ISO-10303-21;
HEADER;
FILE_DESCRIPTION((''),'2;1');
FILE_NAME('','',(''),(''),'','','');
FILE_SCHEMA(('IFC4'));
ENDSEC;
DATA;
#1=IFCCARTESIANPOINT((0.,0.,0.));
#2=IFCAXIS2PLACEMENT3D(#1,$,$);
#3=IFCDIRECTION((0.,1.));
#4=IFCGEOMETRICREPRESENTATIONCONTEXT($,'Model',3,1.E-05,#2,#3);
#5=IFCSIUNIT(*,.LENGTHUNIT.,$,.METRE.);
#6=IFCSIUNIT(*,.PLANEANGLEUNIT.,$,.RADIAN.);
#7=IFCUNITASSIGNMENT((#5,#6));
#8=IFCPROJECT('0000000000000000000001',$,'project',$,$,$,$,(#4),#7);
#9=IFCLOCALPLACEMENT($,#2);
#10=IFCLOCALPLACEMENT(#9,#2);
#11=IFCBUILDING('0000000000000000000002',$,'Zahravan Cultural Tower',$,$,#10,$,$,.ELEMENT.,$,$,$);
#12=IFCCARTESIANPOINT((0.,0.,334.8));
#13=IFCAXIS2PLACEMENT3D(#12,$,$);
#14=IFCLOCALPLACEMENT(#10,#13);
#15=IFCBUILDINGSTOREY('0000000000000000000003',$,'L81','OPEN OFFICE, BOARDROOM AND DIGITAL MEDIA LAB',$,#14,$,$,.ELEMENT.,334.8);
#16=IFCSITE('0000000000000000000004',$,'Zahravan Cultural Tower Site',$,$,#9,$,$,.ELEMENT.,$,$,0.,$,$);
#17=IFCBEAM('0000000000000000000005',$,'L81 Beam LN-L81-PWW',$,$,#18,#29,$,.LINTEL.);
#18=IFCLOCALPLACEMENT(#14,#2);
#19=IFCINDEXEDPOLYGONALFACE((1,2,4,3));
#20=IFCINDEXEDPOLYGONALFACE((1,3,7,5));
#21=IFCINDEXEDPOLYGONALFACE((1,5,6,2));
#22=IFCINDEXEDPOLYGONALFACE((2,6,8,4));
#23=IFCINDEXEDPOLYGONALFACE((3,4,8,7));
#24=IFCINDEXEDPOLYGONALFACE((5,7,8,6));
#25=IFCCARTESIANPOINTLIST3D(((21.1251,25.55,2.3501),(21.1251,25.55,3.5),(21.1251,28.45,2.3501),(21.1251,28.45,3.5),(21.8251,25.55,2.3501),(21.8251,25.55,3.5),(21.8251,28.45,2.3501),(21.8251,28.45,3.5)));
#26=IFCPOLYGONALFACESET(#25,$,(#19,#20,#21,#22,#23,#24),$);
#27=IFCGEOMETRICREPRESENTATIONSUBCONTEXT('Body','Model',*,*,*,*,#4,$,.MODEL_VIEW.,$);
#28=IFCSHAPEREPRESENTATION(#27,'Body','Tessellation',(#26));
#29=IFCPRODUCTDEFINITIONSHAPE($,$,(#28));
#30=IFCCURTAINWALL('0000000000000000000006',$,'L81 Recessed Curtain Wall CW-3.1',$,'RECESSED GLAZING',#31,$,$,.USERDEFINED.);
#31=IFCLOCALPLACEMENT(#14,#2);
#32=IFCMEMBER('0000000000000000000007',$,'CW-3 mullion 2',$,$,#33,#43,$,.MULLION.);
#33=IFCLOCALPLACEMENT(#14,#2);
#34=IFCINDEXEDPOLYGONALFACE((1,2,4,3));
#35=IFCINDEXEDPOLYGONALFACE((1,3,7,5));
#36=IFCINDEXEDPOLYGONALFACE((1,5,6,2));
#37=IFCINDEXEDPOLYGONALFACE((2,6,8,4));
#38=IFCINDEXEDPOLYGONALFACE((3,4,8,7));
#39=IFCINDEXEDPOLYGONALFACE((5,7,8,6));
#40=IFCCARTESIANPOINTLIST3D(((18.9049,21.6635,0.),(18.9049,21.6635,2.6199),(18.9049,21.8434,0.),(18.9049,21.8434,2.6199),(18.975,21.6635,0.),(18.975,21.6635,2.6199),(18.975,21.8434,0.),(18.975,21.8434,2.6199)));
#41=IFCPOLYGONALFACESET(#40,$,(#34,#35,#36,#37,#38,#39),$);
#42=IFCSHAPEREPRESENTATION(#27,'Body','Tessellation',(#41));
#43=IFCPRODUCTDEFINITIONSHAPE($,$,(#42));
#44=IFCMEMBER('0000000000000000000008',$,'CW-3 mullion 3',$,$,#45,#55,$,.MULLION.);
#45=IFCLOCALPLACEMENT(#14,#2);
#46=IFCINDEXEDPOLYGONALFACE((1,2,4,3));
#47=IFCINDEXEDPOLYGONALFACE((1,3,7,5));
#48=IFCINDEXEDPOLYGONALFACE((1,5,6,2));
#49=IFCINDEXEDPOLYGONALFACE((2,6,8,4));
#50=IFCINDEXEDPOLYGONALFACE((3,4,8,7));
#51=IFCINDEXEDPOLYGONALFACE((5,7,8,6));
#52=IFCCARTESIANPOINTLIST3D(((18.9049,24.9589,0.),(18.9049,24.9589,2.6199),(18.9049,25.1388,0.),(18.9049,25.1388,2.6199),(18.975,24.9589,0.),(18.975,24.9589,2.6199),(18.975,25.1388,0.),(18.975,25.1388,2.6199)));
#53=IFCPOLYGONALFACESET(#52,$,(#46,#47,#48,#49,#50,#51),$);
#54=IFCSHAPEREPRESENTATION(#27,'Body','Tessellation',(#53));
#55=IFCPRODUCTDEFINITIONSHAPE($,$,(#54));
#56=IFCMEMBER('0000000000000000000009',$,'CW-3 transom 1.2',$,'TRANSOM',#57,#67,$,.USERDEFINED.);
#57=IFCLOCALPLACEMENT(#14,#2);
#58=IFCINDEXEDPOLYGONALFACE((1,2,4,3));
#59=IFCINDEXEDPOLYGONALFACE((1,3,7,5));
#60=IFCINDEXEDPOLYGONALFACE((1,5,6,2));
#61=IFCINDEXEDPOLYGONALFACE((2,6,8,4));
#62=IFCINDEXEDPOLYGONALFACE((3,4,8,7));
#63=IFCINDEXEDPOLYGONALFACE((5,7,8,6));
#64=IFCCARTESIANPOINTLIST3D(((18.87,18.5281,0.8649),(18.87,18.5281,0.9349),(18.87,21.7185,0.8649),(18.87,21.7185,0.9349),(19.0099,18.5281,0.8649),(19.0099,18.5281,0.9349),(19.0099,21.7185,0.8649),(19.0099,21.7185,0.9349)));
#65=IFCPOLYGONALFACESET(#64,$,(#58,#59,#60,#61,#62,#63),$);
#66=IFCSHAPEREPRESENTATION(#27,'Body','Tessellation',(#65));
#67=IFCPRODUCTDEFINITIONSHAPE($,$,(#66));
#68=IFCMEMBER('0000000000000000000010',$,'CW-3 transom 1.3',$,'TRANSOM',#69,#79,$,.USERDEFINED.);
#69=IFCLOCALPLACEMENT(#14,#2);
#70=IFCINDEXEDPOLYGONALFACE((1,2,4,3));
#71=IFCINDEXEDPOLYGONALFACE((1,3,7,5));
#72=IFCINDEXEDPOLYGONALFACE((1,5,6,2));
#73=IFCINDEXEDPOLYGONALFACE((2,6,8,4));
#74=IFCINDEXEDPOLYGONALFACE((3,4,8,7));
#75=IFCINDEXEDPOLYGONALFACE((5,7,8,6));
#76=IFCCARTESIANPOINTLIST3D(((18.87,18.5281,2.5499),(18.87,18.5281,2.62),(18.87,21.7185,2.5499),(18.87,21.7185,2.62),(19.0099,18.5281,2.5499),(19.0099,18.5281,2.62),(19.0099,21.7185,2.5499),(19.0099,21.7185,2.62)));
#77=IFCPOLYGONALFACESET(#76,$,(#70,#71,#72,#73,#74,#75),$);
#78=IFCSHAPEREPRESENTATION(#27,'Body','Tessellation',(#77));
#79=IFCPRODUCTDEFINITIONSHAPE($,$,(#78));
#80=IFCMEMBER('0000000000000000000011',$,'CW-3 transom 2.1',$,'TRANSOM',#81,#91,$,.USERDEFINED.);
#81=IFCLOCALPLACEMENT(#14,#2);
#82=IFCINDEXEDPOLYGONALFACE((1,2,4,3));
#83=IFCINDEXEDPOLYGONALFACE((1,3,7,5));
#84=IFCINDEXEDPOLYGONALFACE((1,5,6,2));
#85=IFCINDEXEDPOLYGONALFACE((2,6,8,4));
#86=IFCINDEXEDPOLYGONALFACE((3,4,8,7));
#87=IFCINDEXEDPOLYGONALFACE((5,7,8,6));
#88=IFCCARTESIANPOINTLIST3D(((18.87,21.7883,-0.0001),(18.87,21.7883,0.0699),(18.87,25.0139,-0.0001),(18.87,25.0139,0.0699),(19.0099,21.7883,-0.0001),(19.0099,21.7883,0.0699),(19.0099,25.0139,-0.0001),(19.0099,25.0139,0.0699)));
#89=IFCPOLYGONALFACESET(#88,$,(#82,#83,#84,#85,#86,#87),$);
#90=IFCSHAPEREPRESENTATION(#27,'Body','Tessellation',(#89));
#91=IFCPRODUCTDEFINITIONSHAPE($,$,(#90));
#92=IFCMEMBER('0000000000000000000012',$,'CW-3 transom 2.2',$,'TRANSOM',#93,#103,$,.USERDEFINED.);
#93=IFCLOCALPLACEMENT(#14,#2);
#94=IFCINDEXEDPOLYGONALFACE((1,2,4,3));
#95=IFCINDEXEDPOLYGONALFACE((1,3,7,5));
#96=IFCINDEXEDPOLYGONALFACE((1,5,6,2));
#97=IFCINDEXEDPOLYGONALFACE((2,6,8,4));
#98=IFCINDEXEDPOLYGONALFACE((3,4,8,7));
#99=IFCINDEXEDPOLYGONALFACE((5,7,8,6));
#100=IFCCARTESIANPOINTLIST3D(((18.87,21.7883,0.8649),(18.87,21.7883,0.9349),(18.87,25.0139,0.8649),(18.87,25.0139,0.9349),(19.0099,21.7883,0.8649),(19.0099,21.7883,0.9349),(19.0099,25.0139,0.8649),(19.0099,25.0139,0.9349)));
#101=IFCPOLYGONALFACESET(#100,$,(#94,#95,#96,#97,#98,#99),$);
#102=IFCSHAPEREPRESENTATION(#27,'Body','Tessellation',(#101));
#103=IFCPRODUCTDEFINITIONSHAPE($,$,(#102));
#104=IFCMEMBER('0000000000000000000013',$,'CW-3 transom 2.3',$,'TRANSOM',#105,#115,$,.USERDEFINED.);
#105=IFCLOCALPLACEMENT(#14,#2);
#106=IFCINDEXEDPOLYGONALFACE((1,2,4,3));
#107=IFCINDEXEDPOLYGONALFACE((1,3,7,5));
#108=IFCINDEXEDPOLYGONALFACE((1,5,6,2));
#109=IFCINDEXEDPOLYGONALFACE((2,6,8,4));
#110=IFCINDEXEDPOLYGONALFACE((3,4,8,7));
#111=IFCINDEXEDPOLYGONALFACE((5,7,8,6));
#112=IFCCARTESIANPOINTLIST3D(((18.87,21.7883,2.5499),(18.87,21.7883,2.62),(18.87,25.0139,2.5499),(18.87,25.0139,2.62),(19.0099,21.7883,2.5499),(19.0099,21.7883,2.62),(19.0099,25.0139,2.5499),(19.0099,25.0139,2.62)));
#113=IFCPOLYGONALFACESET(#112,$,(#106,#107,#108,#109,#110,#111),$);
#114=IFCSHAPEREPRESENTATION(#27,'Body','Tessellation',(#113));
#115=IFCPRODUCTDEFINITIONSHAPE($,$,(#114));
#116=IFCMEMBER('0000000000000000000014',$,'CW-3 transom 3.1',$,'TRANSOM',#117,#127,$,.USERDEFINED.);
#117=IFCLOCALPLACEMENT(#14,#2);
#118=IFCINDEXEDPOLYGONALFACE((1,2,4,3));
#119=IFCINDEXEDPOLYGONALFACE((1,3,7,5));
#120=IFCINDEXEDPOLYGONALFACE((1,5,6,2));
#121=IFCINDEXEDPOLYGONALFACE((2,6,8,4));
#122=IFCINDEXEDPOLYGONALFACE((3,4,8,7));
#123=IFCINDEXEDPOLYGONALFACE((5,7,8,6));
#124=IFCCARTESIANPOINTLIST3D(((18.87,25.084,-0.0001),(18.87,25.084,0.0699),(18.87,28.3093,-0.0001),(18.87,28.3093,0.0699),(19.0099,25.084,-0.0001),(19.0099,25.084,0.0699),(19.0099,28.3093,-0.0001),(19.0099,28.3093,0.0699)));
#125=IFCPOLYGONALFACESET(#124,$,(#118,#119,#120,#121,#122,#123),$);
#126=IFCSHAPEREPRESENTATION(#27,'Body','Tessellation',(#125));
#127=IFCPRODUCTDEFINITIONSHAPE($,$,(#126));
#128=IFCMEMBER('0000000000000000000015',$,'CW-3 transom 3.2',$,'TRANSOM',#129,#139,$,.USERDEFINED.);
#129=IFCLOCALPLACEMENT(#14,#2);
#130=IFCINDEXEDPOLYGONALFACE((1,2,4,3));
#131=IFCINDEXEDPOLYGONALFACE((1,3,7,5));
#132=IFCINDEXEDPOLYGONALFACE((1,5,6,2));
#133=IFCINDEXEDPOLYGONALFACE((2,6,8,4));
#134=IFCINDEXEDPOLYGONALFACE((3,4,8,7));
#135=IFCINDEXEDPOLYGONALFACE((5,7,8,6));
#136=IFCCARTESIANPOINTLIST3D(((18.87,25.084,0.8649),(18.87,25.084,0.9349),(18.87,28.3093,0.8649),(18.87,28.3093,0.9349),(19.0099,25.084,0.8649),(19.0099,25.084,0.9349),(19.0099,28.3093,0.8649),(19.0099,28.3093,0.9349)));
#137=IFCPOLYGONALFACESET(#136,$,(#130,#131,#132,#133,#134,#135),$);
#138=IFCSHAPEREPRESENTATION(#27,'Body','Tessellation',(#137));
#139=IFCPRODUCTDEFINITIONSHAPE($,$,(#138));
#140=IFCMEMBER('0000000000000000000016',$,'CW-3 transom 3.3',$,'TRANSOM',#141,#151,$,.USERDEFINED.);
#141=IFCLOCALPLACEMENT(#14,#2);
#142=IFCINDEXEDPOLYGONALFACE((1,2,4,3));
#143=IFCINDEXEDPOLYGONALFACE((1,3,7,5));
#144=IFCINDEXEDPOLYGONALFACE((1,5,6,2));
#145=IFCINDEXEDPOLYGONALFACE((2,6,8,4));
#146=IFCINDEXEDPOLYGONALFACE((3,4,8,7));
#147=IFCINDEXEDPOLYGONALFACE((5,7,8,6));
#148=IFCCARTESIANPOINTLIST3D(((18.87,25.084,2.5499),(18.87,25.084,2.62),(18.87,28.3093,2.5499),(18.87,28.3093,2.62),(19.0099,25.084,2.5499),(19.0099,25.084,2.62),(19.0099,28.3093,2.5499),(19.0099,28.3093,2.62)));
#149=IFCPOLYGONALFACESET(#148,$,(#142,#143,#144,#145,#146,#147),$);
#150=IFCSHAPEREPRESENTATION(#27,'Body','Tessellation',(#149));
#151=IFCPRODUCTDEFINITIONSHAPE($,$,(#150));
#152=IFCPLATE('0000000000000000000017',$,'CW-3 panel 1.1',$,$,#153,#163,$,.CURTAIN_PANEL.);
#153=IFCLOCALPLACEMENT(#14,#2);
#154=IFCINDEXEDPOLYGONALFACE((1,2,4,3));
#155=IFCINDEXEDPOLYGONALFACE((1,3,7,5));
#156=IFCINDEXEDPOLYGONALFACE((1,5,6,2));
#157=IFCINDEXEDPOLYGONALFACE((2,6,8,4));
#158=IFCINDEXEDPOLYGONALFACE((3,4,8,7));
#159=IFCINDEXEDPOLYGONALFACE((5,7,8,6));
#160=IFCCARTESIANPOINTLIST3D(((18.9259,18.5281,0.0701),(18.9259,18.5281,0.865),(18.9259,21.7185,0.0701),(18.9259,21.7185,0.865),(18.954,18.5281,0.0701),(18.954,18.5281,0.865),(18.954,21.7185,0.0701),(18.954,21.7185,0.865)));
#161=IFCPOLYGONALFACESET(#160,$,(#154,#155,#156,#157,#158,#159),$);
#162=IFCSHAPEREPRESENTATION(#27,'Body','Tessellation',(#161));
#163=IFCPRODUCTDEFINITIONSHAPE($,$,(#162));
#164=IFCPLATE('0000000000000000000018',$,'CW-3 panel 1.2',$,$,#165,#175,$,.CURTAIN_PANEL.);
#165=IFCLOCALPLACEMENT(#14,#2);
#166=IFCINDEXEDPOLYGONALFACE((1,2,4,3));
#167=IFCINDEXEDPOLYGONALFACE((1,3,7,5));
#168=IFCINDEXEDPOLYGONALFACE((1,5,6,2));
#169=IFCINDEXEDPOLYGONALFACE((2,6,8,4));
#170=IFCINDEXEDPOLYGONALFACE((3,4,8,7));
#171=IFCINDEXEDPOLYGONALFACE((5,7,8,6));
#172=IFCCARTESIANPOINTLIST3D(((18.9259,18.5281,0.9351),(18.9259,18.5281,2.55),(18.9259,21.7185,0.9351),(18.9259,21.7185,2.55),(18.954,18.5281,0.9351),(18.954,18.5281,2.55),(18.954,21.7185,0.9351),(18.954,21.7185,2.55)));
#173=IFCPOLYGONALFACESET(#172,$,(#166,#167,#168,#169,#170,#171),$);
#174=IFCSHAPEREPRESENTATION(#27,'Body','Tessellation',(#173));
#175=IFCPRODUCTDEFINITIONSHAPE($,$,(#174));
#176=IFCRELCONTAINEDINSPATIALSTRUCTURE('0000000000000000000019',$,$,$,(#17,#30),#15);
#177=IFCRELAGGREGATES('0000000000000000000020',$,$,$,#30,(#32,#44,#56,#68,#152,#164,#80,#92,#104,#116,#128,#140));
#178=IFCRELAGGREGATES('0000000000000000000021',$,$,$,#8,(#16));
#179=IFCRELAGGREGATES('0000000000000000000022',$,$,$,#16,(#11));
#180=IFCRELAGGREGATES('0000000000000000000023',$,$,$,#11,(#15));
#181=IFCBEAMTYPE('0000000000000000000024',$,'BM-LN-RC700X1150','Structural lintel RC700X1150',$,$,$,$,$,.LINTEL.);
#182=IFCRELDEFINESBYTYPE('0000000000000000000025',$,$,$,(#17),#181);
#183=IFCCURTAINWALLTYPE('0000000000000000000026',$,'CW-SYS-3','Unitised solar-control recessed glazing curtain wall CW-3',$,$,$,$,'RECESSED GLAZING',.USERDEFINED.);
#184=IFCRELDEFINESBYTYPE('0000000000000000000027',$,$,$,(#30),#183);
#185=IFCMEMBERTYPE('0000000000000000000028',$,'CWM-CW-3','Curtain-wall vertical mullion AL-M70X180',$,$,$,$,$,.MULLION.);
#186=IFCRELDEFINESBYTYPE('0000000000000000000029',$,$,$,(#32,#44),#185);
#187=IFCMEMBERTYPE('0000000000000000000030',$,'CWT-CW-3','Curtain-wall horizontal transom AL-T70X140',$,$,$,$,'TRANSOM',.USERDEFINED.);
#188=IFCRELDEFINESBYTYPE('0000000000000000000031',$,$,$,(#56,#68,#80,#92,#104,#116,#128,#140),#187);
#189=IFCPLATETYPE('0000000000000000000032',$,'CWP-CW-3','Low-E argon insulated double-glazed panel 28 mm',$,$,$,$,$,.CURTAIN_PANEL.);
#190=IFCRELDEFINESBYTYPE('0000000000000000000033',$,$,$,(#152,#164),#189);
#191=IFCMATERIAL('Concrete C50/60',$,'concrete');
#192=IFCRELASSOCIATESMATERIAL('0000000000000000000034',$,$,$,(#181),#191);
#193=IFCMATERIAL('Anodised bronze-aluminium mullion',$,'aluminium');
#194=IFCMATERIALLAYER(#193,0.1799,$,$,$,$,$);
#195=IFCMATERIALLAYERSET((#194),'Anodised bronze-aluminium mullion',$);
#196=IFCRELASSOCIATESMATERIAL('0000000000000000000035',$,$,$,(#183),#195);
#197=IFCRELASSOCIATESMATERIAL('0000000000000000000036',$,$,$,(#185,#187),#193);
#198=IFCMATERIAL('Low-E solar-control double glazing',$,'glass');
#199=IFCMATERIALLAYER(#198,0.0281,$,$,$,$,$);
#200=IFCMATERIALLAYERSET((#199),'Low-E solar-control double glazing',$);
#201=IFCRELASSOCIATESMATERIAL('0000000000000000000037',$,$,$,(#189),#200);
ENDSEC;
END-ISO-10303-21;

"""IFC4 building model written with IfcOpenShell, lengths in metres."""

from ifc_helpers import new_model, si_unit, direction, frame, origin, origin_2d, place, context, subcontext, project, spatial, rectangle, extrude, source, transform, mapped, material, layer, layer_set, material_profile, profile_set, type_object, element, aggregate, save


model = new_model("IFC4")

# Units and contexts
model_context = context("Model", 3, precision=1e-05, world=origin(), true_north=direction((0.0, 1.0)))
body_context = subcontext(model_context, "Body", "Model", "MODEL_VIEW")
ifc_project = project(units=[si_unit("LENGTHUNIT", "METRE"), si_unit("PLANEANGLEUNIT", "RADIAN")], contexts=[model_context])

# Site, building, storey
site_placement = place(None, origin())
site = spatial("IfcSite", under=ifc_project, at=site_placement, Name="Zahravan Cultural Tower Site", CompositionType="ELEMENT", RefElevation=0.0)
building_placement = place(site_placement, origin())
building = spatial("IfcBuilding", under=site, at=building_placement, Name="Zahravan Cultural Tower", CompositionType="ELEMENT")
storey_placement = place(building_placement, frame((0.0, 0.0, 334.8)))
storey = spatial("IfcBuildingStorey", under=building, at=storey_placement, Name="L81", Description="OPEN OFFICE, BOARDROOM AND DIGITAL MEDIA LAB", CompositionType="ELEMENT", Elevation=334.8)

# Beam
ifc_material_1 = material(Name="Concrete C50/60", Category="concrete")
ifc_material_profile_1 = material_profile(ifc_material_1, rectangle(XDim=0.7, YDim=1.1499, at=origin_2d()), Name="RC700X1150")
ifc_profile_set_1 = profile_set([ifc_material_profile_1], Name="Concrete C50/60")
beam_type = type_object("IfcBeamType", Name="BM-LN-RC700X1150", Description="Structural lintel RC700X1150", PredefinedType="LINTEL", material=ifc_profile_set_1)
shared_shape_1 = source(origin(), body_context, "Body", "SweptSolid", [
    extrude(rectangle(XDim=0.7, YDim=1.1499, at=origin_2d()), origin(), (0.0, 0.0, 1.0), 2.8999),
])
beam_placement = place(storey_placement, frame((21.4751, 25.55, 2.925), z_axis=(0.0, 1.0, 0.0), x_axis=(-1.0, 0.0, 0.0)))
element("IfcBeam", 1, at=beam_placement, inside=storey, type_object=beam_type, Name="L81 Beam LN-L81-PWW", PredefinedType="LINTEL", context=body_context, shape_type="MappedRepresentation", body=[
    mapped(shared_shape_1, transform((0.0, 0.0, 0.0), x_axis=(1.0, 0.0, 0.0), y_axis=(0.0, 1.0, 0.0), z_axis=(0.0, 0.0, 1.0), scale=1.0)),
])

# Curtain wall, members, plates
ifc_material_2 = material(Name="Anodised bronze-aluminium mullion", Category="aluminium")
ifc_layer_1 = layer(ifc_material_2, 0.1799)
ifc_layer_set_1 = layer_set([ifc_layer_1], Name="Anodised bronze-aluminium mullion")
curtain_wall_type = type_object("IfcCurtainWallType", Name="CW-SYS-3", Description="Unitised solar-control recessed glazing curtain wall CW-3", ElementType="RECESSED GLAZING", PredefinedType="USERDEFINED", material=ifc_layer_set_1)
curtain_wall_placement = place(storey_placement, origin())
curtain_wall = element("IfcCurtainWall", 2, at=curtain_wall_placement, inside=storey, type_object=curtain_wall_type, Name="L81 Recessed Curtain Wall CW-3.1", ObjectType="RECESSED GLAZING", PredefinedType="USERDEFINED")
ifc_material_profile_2 = material_profile(ifc_material_2, rectangle(XDim=0.0701, YDim=0.1799, at=origin_2d()), Name="AL-M70X180")
ifc_profile_set_2 = profile_set([ifc_material_profile_2], Name="Anodised bronze-aluminium mullion")
member_type_1 = type_object("IfcMemberType", Name="CWM-CW-3", Description="Curtain-wall vertical mullion AL-M70X180", PredefinedType="MULLION", material=ifc_profile_set_2)
shared_shape_2 = source(origin(), body_context, "Body", "SweptSolid", [
    extrude(rectangle(XDim=0.0701, YDim=0.1799, at=origin_2d()), origin(), (0.0, 0.0, 1.0), 2.6199),
])
member_1_placement = place(storey_placement, frame((18.9399, 21.7534, 0.0), z_axis=(0.0, 0.0, 1.0), x_axis=(-1.0, 0.0, 0.0)))
member_1 = element("IfcMember", 3, at=member_1_placement, type_object=member_type_1, Name="CW-3 mullion 2", PredefinedType="MULLION", context=body_context, shape_type="MappedRepresentation", body=[
    mapped(shared_shape_2, transform((0.0, 0.0, 0.0), x_axis=(1.0, 0.0, 0.0), y_axis=(0.0, 1.0, 0.0), z_axis=(0.0, 0.0, 1.0), scale=1.0)),
])
member_2_placement = place(storey_placement, frame((18.9399, 25.0488, 0.0), z_axis=(0.0, 0.0, 1.0), x_axis=(-1.0, 0.0, 0.0)))
member_2 = element("IfcMember", 4, at=member_2_placement, type_object=member_type_1, Name="CW-3 mullion 3", PredefinedType="MULLION", context=body_context, shape_type="MappedRepresentation", body=[
    mapped(shared_shape_2, transform((0.0, 0.0, 0.0), x_axis=(1.0, 0.0, 0.0), y_axis=(0.0, 1.0, 0.0), z_axis=(0.0, 0.0, 1.0), scale=1.0)),
])
ifc_material_profile_3 = material_profile(ifc_material_2, rectangle(XDim=0.1399, YDim=0.0701, at=origin_2d()), Name="AL-T70X140")
ifc_profile_set_3 = profile_set([ifc_material_profile_3], Name="Anodised bronze-aluminium mullion")
member_type_2 = type_object("IfcMemberType", Name="CWT-CW-3", Description="Curtain-wall horizontal transom AL-T70X140", ElementType="TRANSOM", PredefinedType="USERDEFINED", material=ifc_profile_set_3)
shared_shape_3 = source(origin(), body_context, "Body", "SweptSolid", [
    extrude(rectangle(XDim=0.1399, YDim=0.0701, at=origin_2d()), origin(), (0.0, 0.0, 1.0), 3.1904),
])
member_3_placement = place(storey_placement, frame((18.9399, 18.5281, 0.8999), z_axis=(0.0, 1.0, 0.0), x_axis=(-1.0, 0.0, 0.0)))
member_3 = element("IfcMember", 5, at=member_3_placement, type_object=member_type_2, Name="CW-3 transom 1.2", ObjectType="TRANSOM", PredefinedType="USERDEFINED", context=body_context, shape_type="MappedRepresentation", body=[
    mapped(shared_shape_3, transform((0.0, 0.0, 0.0), x_axis=(1.0, 0.0, 0.0), y_axis=(0.0, 1.0, 0.0), z_axis=(0.0, 0.0, 1.0), scale=1.0)),
])
member_4_placement = place(storey_placement, frame((18.9399, 18.5281, 2.585), z_axis=(0.0, 1.0, 0.0), x_axis=(-1.0, 0.0, 0.0)))
member_4 = element("IfcMember", 6, at=member_4_placement, type_object=member_type_2, Name="CW-3 transom 1.3", ObjectType="TRANSOM", PredefinedType="USERDEFINED", context=body_context, shape_type="MappedRepresentation", body=[
    mapped(shared_shape_3, transform((0.0, 0.0, 0.0), x_axis=(1.0, 0.0, 0.0), y_axis=(0.0, 1.0, 0.0), z_axis=(0.0, 0.0, 1.0), scale=1.0)),
])
shared_shape_4 = source(origin(), body_context, "Body", "SweptSolid", [
    extrude(rectangle(XDim=0.1399, YDim=0.0701, at=origin_2d()), origin(), (0.0, 0.0, 1.0), 3.2256),
])
member_5_placement = place(storey_placement, frame((18.9399, 21.7883, 0.0349), z_axis=(0.0, 1.0, 0.0), x_axis=(-1.0, 0.0, 0.0)))
member_5 = element("IfcMember", 7, at=member_5_placement, type_object=member_type_2, Name="CW-3 transom 2.1", ObjectType="TRANSOM", PredefinedType="USERDEFINED", context=body_context, shape_type="MappedRepresentation", body=[
    mapped(shared_shape_4, transform((0.0, 0.0, 0.0), x_axis=(1.0, 0.0, 0.0), y_axis=(0.0, 1.0, 0.0), z_axis=(0.0, 0.0, 1.0), scale=1.0)),
])
member_6_placement = place(storey_placement, frame((18.9399, 21.7883, 0.8999), z_axis=(0.0, 1.0, 0.0), x_axis=(-1.0, 0.0, 0.0)))
member_6 = element("IfcMember", 8, at=member_6_placement, type_object=member_type_2, Name="CW-3 transom 2.2", ObjectType="TRANSOM", PredefinedType="USERDEFINED", context=body_context, shape_type="MappedRepresentation", body=[
    mapped(shared_shape_4, transform((0.0, 0.0, 0.0), x_axis=(1.0, 0.0, 0.0), y_axis=(0.0, 1.0, 0.0), z_axis=(0.0, 0.0, 1.0), scale=1.0)),
])
member_7_placement = place(storey_placement, frame((18.9399, 21.7883, 2.585), z_axis=(0.0, 1.0, 0.0), x_axis=(-1.0, 0.0, 0.0)))
member_7 = element("IfcMember", 9, at=member_7_placement, type_object=member_type_2, Name="CW-3 transom 2.3", ObjectType="TRANSOM", PredefinedType="USERDEFINED", context=body_context, shape_type="MappedRepresentation", body=[
    mapped(shared_shape_4, transform((0.0, 0.0, 0.0), x_axis=(1.0, 0.0, 0.0), y_axis=(0.0, 1.0, 0.0), z_axis=(0.0, 0.0, 1.0), scale=1.0)),
])
shared_shape_5 = source(origin(), body_context, "Body", "SweptSolid", [
    extrude(rectangle(XDim=0.1399, YDim=0.0701, at=origin_2d()), origin(), (0.0, 0.0, 1.0), 3.2253),
])
member_8_placement = place(storey_placement, frame((18.9399, 25.084, 0.0349), z_axis=(0.0, 1.0, 0.0), x_axis=(-1.0, 0.0, 0.0)))
member_8 = element("IfcMember", 10, at=member_8_placement, type_object=member_type_2, Name="CW-3 transom 3.1", ObjectType="TRANSOM", PredefinedType="USERDEFINED", context=body_context, shape_type="MappedRepresentation", body=[
    mapped(shared_shape_5, transform((0.0, 0.0, 0.0), x_axis=(1.0, 0.0, 0.0), y_axis=(0.0, 1.0, 0.0), z_axis=(0.0, 0.0, 1.0), scale=1.0)),
])
member_9_placement = place(storey_placement, frame((18.9399, 25.084, 0.8999), z_axis=(0.0, 1.0, 0.0), x_axis=(-1.0, 0.0, 0.0)))
member_9 = element("IfcMember", 11, at=member_9_placement, type_object=member_type_2, Name="CW-3 transom 3.2", ObjectType="TRANSOM", PredefinedType="USERDEFINED", context=body_context, shape_type="MappedRepresentation", body=[
    mapped(shared_shape_5, transform((0.0, 0.0, 0.0), x_axis=(1.0, 0.0, 0.0), y_axis=(0.0, 1.0, 0.0), z_axis=(0.0, 0.0, 1.0), scale=1.0)),
])
member_10_placement = place(storey_placement, frame((18.9399, 25.084, 2.585), z_axis=(0.0, 1.0, 0.0), x_axis=(-1.0, 0.0, 0.0)))
member_10 = element("IfcMember", 12, at=member_10_placement, type_object=member_type_2, Name="CW-3 transom 3.3", ObjectType="TRANSOM", PredefinedType="USERDEFINED", context=body_context, shape_type="MappedRepresentation", body=[
    mapped(shared_shape_5, transform((0.0, 0.0, 0.0), x_axis=(1.0, 0.0, 0.0), y_axis=(0.0, 1.0, 0.0), z_axis=(0.0, 0.0, 1.0), scale=1.0)),
])
ifc_material_3 = material(Name="Low-E solar-control double glazing", Category="glass")
ifc_layer_2 = layer(ifc_material_3, 0.0281)
ifc_layer_set_2 = layer_set([ifc_layer_2], Name="Low-E solar-control double glazing")
plate_type = type_object("IfcPlateType", Name="CWP-CW-3", Description="Low-E argon insulated double-glazed panel 28 mm", PredefinedType="CURTAIN_PANEL", material=ifc_layer_set_2)
shared_shape_6 = source(origin(), body_context, "Body", "SweptSolid", [
    extrude(rectangle(XDim=3.1904, YDim=0.0281, at=origin_2d()), origin(), (0.0, 0.0, 1.0), 0.7949),
])
plate_1_placement = place(storey_placement, frame((18.9399, 20.1233, 0.0701), z_axis=(0.0, 0.0, 1.0), x_axis=(0.0, 1.0, 0.0)))
plate_1 = element("IfcPlate", 13, at=plate_1_placement, type_object=plate_type, Name="CW-3 panel 1.1", PredefinedType="CURTAIN_PANEL", context=body_context, shape_type="MappedRepresentation", body=[
    mapped(shared_shape_6, transform((0.0, 0.0, 0.0), x_axis=(1.0, 0.0, 0.0), y_axis=(0.0, 1.0, 0.0), z_axis=(0.0, 0.0, 1.0), scale=1.0)),
])
shared_shape_7 = source(origin(), body_context, "Body", "SweptSolid", [
    extrude(rectangle(XDim=3.1904, YDim=0.0281, at=origin_2d()), origin(), (0.0, 0.0, 1.0), 1.615),
])
plate_2_placement = place(storey_placement, frame((18.9399, 20.1233, 0.9351), z_axis=(0.0, 0.0, 1.0), x_axis=(0.0, 1.0, 0.0)))
plate_2 = element("IfcPlate", 14, at=plate_2_placement, type_object=plate_type, Name="CW-3 panel 1.2", PredefinedType="CURTAIN_PANEL", context=body_context, shape_type="MappedRepresentation", body=[
    mapped(shared_shape_7, transform((0.0, 0.0, 0.0), x_axis=(1.0, 0.0, 0.0), y_axis=(0.0, 1.0, 0.0), z_axis=(0.0, 0.0, 1.0), scale=1.0)),
])
aggregate(curtain_wall, [member_1, member_2, member_3, member_4, plate_1, plate_2, member_5, member_6, member_7, member_8, member_9, member_10])

save(model, "model.ifc")
